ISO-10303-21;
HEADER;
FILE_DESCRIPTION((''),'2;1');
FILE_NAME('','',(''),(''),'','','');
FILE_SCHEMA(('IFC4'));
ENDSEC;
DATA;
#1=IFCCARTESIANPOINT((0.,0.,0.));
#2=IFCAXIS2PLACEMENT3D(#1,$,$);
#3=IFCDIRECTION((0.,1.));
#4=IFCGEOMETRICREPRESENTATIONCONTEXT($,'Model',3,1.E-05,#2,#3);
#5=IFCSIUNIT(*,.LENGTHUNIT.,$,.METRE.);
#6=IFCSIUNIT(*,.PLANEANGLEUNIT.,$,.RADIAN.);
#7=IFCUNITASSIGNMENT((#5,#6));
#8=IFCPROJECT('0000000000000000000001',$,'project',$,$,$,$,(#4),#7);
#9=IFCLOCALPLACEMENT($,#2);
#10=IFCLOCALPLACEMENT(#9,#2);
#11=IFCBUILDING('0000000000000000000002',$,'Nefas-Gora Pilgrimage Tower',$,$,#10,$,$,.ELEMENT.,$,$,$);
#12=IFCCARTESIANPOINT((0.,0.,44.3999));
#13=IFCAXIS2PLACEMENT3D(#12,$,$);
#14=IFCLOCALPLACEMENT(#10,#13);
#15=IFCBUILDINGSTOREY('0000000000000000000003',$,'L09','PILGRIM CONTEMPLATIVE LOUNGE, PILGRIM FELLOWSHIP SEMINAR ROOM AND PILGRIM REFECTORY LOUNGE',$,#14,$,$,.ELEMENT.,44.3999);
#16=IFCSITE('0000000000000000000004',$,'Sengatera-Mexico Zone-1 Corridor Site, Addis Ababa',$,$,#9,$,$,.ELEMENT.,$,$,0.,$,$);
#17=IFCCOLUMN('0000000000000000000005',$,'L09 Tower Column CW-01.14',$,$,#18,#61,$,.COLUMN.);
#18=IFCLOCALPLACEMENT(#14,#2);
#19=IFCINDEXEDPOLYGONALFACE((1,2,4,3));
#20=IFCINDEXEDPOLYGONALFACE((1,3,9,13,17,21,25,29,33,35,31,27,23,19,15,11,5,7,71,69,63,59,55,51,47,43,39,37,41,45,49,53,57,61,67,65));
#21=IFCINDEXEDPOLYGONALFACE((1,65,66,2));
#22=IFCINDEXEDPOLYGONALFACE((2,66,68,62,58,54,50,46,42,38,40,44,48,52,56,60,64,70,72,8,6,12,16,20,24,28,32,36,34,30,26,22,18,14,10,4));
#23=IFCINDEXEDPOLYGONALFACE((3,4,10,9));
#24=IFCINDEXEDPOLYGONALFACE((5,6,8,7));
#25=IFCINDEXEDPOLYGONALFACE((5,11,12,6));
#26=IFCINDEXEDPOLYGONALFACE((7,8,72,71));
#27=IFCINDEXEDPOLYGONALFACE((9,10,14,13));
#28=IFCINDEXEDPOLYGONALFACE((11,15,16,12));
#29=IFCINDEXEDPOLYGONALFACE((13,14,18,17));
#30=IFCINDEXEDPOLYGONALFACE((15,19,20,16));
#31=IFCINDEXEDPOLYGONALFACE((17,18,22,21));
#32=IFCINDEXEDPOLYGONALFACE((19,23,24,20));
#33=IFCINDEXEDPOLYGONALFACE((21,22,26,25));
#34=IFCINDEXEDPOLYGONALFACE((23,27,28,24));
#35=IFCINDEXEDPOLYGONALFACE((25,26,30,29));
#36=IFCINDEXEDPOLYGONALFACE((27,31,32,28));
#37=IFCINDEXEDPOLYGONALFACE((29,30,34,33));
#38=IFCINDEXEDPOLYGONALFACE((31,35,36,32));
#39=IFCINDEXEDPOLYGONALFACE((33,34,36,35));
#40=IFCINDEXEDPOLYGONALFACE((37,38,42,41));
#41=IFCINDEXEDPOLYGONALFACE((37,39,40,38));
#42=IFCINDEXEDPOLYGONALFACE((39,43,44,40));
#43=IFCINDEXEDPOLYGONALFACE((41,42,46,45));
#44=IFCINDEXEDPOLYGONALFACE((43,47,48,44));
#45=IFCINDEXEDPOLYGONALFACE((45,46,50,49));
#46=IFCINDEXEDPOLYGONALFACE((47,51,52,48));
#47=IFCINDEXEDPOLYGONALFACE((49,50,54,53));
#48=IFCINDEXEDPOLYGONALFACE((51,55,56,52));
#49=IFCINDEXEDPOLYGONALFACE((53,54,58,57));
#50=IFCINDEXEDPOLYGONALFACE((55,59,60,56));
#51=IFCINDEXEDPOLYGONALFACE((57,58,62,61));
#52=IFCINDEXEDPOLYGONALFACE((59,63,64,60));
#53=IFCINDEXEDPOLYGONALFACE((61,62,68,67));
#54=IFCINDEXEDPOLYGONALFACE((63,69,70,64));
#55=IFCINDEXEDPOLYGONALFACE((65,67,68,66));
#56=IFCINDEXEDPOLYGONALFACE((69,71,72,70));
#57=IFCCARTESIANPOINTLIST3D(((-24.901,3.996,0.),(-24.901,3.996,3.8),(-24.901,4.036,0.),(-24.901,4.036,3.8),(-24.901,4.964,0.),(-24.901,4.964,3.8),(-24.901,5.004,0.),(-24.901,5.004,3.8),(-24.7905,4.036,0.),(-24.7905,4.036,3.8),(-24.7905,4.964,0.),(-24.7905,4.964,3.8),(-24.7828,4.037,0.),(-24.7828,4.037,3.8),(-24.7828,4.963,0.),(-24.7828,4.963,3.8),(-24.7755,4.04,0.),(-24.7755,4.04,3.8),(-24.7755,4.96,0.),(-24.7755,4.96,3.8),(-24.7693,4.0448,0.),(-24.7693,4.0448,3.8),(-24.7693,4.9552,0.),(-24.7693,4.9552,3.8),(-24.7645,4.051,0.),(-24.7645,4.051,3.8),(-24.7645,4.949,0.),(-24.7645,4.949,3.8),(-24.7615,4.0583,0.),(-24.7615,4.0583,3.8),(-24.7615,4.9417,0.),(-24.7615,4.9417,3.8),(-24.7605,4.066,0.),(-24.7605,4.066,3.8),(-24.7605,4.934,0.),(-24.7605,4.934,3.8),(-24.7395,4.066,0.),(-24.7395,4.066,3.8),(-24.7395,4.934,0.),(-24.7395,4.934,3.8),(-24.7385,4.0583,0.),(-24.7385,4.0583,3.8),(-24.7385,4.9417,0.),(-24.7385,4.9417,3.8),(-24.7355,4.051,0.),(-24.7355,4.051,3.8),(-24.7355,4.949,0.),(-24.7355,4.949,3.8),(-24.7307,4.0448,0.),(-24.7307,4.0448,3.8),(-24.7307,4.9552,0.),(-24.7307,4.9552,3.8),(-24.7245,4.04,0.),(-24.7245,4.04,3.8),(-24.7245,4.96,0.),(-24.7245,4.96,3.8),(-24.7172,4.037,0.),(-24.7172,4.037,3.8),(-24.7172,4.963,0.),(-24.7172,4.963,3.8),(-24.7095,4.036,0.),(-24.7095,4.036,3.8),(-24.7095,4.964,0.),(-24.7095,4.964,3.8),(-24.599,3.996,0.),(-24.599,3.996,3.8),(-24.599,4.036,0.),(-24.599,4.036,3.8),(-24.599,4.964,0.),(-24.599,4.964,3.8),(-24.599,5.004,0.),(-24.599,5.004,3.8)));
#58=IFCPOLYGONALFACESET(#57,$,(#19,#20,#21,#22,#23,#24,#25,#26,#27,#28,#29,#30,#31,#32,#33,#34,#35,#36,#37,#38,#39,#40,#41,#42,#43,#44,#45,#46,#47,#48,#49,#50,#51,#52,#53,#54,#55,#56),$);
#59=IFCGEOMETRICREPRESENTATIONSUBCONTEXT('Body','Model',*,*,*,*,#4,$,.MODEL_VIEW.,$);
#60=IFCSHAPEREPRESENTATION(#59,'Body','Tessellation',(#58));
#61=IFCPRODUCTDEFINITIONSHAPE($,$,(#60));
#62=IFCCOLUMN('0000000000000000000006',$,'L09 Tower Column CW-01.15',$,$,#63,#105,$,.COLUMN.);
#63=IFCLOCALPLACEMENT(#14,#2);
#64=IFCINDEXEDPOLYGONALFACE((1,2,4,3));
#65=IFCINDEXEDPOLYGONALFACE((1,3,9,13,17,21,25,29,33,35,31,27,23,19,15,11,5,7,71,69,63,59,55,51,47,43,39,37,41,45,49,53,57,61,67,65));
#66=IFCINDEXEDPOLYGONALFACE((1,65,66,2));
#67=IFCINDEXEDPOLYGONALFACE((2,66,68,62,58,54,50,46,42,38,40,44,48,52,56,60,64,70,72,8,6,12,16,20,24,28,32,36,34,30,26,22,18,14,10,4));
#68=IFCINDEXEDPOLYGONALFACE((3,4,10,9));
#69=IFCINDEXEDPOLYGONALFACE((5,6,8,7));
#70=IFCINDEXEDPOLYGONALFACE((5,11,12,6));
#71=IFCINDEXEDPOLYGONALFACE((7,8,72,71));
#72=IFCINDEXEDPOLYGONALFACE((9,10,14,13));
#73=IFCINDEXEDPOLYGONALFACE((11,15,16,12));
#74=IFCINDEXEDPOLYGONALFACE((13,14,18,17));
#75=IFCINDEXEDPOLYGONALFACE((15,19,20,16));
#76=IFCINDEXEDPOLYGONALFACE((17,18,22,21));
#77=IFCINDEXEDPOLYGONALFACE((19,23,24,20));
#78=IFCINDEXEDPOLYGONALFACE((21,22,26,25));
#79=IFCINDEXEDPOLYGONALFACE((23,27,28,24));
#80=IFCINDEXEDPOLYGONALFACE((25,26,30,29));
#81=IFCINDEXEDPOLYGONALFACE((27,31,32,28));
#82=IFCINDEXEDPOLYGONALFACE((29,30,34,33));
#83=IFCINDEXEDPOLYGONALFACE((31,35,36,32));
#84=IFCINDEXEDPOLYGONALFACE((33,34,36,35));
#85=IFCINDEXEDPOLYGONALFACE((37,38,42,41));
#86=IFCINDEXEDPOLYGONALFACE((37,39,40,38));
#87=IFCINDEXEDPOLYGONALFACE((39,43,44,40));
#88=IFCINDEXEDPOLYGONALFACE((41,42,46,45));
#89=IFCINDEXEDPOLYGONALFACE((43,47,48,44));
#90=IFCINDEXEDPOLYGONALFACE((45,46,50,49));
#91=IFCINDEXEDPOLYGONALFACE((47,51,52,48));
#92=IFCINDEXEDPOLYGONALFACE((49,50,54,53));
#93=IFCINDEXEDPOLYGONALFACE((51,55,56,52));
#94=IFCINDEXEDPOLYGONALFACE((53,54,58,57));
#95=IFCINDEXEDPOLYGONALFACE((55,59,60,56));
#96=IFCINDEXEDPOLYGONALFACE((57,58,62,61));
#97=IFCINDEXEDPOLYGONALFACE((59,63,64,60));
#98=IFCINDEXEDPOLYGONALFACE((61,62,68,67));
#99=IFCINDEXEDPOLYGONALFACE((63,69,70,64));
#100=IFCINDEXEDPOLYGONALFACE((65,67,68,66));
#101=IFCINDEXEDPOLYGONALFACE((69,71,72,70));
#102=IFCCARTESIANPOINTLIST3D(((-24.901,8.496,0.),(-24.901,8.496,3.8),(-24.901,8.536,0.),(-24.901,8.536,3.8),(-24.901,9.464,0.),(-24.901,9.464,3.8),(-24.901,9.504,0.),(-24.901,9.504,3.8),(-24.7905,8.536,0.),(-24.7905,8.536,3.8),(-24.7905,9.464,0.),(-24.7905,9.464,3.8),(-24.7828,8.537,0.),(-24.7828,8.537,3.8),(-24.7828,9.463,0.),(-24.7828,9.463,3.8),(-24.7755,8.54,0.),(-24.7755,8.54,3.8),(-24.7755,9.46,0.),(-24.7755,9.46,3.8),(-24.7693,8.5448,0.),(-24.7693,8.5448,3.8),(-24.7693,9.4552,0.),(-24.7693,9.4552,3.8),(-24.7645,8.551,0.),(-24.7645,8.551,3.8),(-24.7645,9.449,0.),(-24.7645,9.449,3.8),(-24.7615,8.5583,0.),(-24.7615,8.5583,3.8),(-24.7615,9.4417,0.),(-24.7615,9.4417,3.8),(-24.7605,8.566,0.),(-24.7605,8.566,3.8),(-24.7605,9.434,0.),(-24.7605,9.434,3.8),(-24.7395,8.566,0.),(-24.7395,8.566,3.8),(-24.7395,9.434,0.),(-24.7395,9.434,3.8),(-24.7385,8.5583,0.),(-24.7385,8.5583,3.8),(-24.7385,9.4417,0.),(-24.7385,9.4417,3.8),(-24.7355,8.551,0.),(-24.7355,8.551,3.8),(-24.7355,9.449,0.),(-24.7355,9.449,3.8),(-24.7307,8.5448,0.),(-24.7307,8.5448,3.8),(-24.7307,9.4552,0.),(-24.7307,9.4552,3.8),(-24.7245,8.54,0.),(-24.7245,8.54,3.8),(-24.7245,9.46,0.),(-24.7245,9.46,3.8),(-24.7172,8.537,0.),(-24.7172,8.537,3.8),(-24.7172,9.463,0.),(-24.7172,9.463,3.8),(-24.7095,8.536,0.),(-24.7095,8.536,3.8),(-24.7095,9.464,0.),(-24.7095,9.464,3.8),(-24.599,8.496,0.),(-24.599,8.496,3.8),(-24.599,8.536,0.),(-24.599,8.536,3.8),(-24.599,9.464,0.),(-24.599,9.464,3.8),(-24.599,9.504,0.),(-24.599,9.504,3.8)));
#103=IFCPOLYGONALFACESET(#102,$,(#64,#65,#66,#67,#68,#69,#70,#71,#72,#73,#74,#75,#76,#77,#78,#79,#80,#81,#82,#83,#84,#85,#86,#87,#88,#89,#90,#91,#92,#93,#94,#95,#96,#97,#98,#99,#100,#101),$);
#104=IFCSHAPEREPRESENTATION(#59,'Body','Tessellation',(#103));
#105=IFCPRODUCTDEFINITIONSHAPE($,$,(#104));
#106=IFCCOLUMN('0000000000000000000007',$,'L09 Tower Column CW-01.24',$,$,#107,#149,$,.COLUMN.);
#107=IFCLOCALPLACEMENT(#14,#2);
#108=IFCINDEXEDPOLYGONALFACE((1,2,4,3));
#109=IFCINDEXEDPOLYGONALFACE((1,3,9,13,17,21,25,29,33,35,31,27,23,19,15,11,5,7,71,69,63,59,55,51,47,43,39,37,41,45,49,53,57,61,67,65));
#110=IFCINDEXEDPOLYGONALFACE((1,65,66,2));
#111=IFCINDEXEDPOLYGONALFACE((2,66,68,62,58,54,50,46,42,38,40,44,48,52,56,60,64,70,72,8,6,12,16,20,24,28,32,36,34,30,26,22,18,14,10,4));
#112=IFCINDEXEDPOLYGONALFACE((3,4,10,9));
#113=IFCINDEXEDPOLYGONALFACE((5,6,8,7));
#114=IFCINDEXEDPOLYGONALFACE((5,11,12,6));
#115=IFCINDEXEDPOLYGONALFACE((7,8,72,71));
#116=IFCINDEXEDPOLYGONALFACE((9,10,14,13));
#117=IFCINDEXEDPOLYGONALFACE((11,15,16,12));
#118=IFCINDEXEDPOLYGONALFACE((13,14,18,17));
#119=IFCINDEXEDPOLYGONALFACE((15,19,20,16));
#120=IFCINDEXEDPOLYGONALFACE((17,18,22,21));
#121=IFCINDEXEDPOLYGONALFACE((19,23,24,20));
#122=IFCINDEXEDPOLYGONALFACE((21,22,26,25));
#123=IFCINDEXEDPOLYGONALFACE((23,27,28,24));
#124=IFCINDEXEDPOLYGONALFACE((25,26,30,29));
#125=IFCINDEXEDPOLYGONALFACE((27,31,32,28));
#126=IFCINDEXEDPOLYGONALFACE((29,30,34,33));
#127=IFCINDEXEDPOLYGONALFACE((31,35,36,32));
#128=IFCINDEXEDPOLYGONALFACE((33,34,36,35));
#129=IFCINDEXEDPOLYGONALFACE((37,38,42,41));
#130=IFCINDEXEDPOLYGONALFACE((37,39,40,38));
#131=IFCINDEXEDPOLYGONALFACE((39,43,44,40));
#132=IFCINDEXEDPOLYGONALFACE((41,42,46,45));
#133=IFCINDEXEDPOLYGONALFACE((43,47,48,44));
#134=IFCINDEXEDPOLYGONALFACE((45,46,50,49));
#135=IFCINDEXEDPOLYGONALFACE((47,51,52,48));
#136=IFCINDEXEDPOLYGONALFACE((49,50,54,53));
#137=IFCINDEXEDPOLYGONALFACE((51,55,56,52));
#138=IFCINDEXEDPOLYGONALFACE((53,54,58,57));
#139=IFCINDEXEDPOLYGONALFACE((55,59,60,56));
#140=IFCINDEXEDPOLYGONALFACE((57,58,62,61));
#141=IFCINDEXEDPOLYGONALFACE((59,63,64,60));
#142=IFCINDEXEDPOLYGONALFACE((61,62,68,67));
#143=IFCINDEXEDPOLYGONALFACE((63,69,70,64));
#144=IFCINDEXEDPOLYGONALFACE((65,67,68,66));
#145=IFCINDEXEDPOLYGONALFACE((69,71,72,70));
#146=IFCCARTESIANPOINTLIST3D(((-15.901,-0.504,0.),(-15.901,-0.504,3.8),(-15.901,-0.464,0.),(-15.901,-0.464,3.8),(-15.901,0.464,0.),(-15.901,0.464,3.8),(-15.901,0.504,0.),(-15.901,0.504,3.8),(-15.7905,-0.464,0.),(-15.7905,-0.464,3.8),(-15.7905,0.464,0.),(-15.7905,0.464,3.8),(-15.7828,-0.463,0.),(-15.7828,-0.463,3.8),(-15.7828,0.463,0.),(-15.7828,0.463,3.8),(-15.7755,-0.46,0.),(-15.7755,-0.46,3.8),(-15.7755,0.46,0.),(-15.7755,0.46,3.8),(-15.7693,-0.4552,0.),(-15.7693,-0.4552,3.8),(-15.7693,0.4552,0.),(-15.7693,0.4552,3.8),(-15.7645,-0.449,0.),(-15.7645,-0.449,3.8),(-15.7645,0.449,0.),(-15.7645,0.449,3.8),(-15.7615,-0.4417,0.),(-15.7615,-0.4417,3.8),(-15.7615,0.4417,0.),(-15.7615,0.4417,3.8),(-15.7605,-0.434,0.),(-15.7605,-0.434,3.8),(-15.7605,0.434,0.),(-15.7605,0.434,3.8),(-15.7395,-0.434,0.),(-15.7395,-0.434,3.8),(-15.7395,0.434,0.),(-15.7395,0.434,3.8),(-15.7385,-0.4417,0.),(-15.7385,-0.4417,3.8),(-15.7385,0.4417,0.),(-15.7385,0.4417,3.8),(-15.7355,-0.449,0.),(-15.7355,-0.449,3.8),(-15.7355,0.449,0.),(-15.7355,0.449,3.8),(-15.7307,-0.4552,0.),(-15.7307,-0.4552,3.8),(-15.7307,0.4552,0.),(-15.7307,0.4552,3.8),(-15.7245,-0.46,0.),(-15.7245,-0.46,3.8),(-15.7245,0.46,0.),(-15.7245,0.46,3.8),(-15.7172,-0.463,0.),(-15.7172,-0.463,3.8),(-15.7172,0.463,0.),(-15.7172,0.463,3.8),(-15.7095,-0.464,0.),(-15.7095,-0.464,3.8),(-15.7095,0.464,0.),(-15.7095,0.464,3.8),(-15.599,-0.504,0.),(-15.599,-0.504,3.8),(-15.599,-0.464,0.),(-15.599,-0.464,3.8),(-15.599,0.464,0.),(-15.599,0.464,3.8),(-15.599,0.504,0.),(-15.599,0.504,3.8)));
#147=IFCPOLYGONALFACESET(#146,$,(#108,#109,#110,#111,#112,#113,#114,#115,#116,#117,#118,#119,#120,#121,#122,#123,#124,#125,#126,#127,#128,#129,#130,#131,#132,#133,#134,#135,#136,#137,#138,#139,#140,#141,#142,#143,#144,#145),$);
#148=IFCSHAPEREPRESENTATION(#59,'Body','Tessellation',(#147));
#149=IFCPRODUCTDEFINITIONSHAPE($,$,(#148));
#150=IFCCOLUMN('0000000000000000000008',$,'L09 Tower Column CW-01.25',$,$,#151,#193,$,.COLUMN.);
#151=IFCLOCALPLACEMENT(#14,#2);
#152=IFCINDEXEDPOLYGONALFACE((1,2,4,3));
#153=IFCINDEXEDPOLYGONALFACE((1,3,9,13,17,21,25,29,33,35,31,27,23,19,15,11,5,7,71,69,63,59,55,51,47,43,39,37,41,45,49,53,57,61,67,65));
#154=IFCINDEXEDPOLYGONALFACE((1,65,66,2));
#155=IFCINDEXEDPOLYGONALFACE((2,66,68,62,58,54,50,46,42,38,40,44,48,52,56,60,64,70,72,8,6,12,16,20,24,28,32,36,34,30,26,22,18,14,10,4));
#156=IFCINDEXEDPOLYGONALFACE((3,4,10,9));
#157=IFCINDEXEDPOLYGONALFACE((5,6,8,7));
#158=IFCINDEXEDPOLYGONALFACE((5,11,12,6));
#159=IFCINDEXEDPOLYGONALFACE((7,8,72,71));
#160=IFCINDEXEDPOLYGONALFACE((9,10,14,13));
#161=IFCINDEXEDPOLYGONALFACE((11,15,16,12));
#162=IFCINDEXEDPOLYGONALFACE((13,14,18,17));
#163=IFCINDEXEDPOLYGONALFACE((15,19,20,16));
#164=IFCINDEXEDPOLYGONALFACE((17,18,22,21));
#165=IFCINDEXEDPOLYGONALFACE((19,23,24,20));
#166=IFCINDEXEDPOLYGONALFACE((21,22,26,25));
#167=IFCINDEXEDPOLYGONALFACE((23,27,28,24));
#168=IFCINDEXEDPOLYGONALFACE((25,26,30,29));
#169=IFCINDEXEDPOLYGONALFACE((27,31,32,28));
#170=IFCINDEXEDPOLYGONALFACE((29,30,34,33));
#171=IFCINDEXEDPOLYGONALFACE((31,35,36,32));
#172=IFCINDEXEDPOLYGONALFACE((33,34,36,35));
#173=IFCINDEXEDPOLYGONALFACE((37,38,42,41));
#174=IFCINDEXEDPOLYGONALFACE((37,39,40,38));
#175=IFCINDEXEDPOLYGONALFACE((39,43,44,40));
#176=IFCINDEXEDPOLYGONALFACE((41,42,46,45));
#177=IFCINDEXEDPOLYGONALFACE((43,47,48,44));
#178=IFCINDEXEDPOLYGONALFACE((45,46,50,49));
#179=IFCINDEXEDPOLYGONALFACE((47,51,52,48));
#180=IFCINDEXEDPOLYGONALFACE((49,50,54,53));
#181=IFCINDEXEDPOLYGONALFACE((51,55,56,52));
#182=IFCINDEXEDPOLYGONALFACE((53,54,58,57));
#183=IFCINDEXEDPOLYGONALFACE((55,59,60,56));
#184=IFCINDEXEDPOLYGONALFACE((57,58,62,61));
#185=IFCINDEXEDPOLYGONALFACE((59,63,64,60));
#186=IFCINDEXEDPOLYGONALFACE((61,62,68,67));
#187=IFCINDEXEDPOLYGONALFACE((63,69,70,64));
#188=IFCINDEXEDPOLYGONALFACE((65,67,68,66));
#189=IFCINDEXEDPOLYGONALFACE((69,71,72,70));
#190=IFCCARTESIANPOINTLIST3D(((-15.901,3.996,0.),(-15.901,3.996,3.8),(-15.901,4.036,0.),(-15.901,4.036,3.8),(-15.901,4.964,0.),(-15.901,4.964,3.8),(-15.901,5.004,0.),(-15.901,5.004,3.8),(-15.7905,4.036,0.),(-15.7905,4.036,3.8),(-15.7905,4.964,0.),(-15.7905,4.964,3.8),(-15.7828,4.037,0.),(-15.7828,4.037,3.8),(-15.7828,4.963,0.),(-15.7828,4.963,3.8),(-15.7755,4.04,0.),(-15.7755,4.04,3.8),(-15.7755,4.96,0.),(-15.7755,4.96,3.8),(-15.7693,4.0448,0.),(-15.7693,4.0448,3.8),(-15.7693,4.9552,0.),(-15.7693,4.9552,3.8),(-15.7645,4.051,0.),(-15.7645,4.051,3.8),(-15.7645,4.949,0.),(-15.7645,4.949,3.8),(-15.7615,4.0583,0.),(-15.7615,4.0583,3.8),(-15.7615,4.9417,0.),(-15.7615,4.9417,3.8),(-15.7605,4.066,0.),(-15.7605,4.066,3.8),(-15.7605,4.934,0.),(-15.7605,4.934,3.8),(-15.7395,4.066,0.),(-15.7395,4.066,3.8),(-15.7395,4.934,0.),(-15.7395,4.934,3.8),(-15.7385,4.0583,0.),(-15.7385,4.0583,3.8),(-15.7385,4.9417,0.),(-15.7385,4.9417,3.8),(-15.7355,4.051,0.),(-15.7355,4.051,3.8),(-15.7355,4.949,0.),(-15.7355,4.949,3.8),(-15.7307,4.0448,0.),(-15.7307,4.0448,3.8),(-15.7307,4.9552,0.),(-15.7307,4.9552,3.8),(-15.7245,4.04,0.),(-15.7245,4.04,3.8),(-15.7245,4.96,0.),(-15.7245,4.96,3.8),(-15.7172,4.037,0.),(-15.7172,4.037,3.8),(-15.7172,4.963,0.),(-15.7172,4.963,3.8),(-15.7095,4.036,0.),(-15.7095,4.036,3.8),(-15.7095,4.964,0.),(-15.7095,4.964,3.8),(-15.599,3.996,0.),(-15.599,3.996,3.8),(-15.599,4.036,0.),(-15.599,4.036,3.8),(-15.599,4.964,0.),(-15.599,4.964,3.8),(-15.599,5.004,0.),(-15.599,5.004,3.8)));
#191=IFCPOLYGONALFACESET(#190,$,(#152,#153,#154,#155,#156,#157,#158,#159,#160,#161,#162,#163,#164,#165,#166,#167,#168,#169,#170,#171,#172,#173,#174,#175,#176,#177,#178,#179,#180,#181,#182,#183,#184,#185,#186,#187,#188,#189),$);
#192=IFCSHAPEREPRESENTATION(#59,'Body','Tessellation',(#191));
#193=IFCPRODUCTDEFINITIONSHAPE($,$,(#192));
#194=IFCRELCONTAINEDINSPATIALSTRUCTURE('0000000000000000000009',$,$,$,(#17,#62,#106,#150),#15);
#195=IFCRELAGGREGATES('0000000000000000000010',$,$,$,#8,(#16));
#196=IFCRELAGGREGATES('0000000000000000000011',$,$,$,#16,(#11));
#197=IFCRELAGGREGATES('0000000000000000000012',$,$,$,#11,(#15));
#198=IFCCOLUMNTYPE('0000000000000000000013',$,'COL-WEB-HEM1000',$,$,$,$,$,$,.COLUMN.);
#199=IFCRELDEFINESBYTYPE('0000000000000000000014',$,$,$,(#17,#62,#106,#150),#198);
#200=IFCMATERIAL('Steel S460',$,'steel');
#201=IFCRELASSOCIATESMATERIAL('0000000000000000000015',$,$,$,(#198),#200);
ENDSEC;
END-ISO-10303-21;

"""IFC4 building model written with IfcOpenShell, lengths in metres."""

from ifc_helpers import new_model, si_unit, direction, frame, origin, origin_2d, place, context, subcontext, project, spatial, i_section, extrude, source, transform, mapped, material, material_profile, profile_set, type_object, element, save


model = new_model("IFC4")

# Units and contexts
model_context = context("Model", 3, precision=1e-05, world=origin(), true_north=direction((0.0, 1.0)))
body_context = subcontext(model_context, "Body", "Model", "MODEL_VIEW")
ifc_project = project(units=[si_unit("LENGTHUNIT", "METRE"), si_unit("PLANEANGLEUNIT", "RADIAN")], contexts=[model_context])

# Site, building, storey
site_placement = place(None, origin())
site = spatial("IfcSite", under=ifc_project, at=site_placement, Name="Sengatera-Mexico Zone-1 Corridor Site, Addis Ababa", CompositionType="ELEMENT", RefElevation=0.0)
building_placement = place(site_placement, origin())
building = spatial("IfcBuilding", under=site, at=building_placement, Name="Nefas-Gora Pilgrimage Tower", CompositionType="ELEMENT")
storey_placement = place(building_placement, frame((0.0, 0.0, 44.3999)))
storey = spatial("IfcBuildingStorey", under=building, at=storey_placement, Name="L09", Description="PILGRIM CONTEMPLATIVE LOUNGE, PILGRIM FELLOWSHIP SEMINAR ROOM AND PILGRIM REFECTORY LOUNGE", CompositionType="ELEMENT", Elevation=44.3999)

# Columns
ifc_material_1 = material(Name="Steel S460", Category="steel")
ifc_material_profile_1 = material_profile(ifc_material_1, i_section(OverallWidth=0.302, OverallDepth=1.0081, WebThickness=0.021, FlangeThickness=0.04, FilletRadius=0.03, at=origin_2d()), Name="HEM 1000")
ifc_profile_set_1 = profile_set([ifc_material_profile_1], Name="Steel S460")
column_type_1 = type_object("IfcColumnType", Name="COL-WEB-HEM1000", PredefinedType="COLUMN", material=ifc_profile_set_1)
shared_shape_1 = source(origin(), body_context, "Body", "SweptSolid", [
    extrude(i_section(OverallWidth=0.302, OverallDepth=1.0081, WebThickness=0.021, FlangeThickness=0.04, FilletRadius=0.03, at=origin_2d()), origin(), (0.0, 0.0, 1.0), 3.8),
])
for number, where, z_axis, x_axis, name in (
    (1, (-24.75, 4.5, 0.0), (0.0, 0.0, 1.0), (1.0, 0.0, 0.0), "L09 Tower Column CW-01.14"),
    (2, (-24.75, 9.0, 0.0), (0.0, 0.0, 1.0), (1.0, 0.0, 0.0), "L09 Tower Column CW-01.15"),
    (3, (-15.75, 0.0, 0.0), (0.0, 0.0, 1.0), (1.0, 0.0, 0.0), "L09 Tower Column CW-01.24"),
    (4, (-15.75, 4.5, 0.0), (0.0, 0.0, 1.0), (1.0, 0.0, 0.0), "L09 Tower Column CW-01.25"),
):
    element("IfcColumn", number, at=place(storey_placement, frame(where, z_axis=z_axis, x_axis=x_axis)), inside=storey, type_object=column_type_1, Name=name, PredefinedType="COLUMN", context=body_context, shape_type="MappedRepresentation", body=[
        mapped(shared_shape_1, transform((0.0, 0.0, 0.0), x_axis=(1.0, 0.0, 0.0), y_axis=(0.0, 1.0, 0.0), z_axis=(0.0, 0.0, 1.0), scale=1.0)),
    ])

save(model, "model.ifc")
